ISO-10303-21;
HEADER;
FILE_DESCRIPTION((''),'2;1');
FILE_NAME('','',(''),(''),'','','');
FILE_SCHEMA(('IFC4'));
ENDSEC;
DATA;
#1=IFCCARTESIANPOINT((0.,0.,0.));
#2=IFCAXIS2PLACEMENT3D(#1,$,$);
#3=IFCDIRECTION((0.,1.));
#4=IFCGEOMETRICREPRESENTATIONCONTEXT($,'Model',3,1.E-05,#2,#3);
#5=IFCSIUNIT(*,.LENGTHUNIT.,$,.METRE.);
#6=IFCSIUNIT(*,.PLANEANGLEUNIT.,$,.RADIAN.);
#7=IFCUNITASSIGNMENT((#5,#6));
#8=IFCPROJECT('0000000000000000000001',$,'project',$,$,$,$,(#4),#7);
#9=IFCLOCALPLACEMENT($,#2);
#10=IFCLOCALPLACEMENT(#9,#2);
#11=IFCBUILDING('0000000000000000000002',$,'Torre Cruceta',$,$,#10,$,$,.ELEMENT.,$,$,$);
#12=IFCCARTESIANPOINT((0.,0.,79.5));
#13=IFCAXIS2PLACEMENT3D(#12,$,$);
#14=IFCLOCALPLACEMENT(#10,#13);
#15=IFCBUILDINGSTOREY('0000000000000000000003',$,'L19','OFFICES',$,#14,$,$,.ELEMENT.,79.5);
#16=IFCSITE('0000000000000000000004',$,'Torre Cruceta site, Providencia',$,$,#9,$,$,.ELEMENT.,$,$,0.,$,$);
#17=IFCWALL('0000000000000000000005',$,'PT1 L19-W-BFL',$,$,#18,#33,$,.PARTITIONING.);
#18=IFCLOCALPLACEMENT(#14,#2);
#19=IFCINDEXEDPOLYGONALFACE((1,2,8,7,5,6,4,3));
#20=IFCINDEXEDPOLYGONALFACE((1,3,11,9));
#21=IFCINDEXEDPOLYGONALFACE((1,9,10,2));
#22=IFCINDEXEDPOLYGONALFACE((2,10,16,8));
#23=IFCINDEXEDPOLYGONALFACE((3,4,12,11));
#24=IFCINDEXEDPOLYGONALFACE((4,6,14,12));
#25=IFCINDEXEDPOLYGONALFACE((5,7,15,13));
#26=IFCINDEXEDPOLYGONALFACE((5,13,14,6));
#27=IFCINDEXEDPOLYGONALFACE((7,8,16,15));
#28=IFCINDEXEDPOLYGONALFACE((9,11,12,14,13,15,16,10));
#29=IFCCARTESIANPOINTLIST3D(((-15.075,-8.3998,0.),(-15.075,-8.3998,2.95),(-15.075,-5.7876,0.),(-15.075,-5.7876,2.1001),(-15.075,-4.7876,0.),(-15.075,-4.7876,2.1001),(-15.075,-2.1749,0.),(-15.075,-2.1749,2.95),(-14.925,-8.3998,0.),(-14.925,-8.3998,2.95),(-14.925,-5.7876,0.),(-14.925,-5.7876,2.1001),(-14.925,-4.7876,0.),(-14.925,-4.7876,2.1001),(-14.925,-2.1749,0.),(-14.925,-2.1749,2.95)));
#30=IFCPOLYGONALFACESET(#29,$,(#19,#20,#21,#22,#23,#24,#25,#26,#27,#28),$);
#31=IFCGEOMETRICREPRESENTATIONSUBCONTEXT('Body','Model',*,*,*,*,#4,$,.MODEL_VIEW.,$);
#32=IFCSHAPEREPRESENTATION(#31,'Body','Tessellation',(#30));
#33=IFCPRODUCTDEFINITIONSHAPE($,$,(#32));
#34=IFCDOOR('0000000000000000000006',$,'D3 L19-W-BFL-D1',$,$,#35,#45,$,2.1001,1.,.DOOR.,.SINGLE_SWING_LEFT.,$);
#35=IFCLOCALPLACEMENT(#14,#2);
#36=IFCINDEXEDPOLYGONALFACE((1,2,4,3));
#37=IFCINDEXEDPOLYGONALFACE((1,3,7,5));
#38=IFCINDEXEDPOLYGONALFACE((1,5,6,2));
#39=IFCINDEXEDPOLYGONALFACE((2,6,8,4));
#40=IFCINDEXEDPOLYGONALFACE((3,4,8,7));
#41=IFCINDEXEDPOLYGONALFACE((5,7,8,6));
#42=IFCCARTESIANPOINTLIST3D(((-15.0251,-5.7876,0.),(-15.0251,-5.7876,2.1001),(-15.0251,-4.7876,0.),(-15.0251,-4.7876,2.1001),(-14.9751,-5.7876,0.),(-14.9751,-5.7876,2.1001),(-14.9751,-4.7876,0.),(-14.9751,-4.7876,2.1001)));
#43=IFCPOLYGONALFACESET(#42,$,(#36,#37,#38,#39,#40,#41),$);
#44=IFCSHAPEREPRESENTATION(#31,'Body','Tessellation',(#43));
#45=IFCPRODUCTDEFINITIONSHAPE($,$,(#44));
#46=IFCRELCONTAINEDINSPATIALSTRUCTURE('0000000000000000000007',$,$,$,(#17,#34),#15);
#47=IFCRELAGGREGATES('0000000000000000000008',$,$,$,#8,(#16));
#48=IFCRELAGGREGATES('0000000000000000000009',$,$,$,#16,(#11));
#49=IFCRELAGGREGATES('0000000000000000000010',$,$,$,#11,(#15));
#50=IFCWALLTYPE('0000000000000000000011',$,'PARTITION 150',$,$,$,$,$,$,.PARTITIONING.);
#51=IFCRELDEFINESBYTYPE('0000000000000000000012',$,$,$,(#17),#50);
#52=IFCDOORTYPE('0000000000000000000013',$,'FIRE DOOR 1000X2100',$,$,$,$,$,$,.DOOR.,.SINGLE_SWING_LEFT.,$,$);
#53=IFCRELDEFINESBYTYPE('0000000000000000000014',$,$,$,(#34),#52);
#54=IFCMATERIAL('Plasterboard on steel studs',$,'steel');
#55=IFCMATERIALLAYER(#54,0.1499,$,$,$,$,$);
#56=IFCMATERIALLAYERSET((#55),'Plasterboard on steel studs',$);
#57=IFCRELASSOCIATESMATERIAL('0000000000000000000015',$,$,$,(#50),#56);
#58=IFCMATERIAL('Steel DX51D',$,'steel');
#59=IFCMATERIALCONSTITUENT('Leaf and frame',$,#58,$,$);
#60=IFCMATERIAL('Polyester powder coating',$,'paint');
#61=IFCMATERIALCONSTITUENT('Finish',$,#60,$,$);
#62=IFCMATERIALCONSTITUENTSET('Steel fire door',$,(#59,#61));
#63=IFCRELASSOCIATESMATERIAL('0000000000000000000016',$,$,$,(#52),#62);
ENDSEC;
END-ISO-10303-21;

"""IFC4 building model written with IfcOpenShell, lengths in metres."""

from ifc_helpers import new_model, si_unit, direction, frame, frame_2d, origin, place, context, subcontext, project, spatial, rectangle, extrude, material, layer, layer_set, constituent, constituent_set, type_object, element, fill, save


model = new_model("IFC4")

# Units and contexts
model_context = context("Model", 3, precision=1e-05, world=origin(), true_north=direction((0.0, 1.0)))
body_context = subcontext(model_context, "Body", "Model", "MODEL_VIEW")
ifc_project = project(units=[si_unit("LENGTHUNIT", "METRE"), si_unit("PLANEANGLEUNIT", "RADIAN")], contexts=[model_context])

# Site, building, storey
site_placement = place(None, origin())
site = spatial("IfcSite", under=ifc_project, at=site_placement, Name="Torre Cruceta site, Providencia", CompositionType="ELEMENT", RefElevation=0.0)
building_placement = place(site_placement, origin())
building = spatial("IfcBuilding", under=site, at=building_placement, Name="Torre Cruceta", CompositionType="ELEMENT")
storey_placement = place(building_placement, frame((0.0, 0.0, 79.5)))
storey = spatial("IfcBuildingStorey", under=building, at=storey_placement, Name="L19", Description="OFFICES", CompositionType="ELEMENT", Elevation=79.5)

# Wall, opening, door
ifc_material_1 = material(Name="Plasterboard on steel studs", Category="steel")
ifc_layer_1 = layer(ifc_material_1, 0.1499)
ifc_layer_set_1 = layer_set([ifc_layer_1], Name="Plasterboard on steel studs")
wall_type_1 = type_object("IfcWallType", Name="PARTITION 150", PredefinedType="PARTITIONING", material=ifc_layer_set_1)
wall_1_placement = place(storey_placement, frame((-15.0, -2.175, 0.0), z_axis=(0.0, 0.0, 1.0), x_axis=(0.0, -1.0, 0.0)))
wall_1 = element("IfcWall", 1, at=wall_1_placement, inside=storey, type_object=wall_type_1, Name="PT1 L19-W-BFL", PredefinedType="PARTITIONING", context=body_context, shape_type="SweptSolid", body=[
    extrude(rectangle(XDim=6.2249, YDim=0.1499, at=frame_2d((3.1123, 0.0))), origin(), (0.0, 0.0, 1.0), 2.95),
])
opening_1_placement = place(wall_1_placement, frame((2.6125, 0.0, 0.0)))
opening_1 = element("IfcOpeningElement", 2, at=opening_1_placement, cuts=wall_1, PredefinedType="OPENING", context=body_context, shape_type="SweptSolid", body=[
    extrude(rectangle(XDim=1.0, YDim=2.1001, at=frame_2d((0.5, 1.05))), frame((0.0, 0.085, 0.0), z_axis=(0.0, -1.0, 0.0), x_axis=(1.0, 0.0, 0.0)), (0.0, 0.0, 1.0), 0.1699),
])
ifc_material_2 = material(Name="Steel DX51D", Category="steel")
ifc_constituent_1 = constituent(ifc_material_2, Name="Leaf and frame")
ifc_material_3 = material(Name="Polyester powder coating", Category="paint")
ifc_constituent_2 = constituent(ifc_material_3, Name="Finish")
ifc_constituent_set_1 = constituent_set(constituents=[ifc_constituent_1, ifc_constituent_2], Name="Steel fire door")
door_type = type_object("IfcDoorType", Name="FIRE DOOR 1000X2100", OperationType="SINGLE_SWING_LEFT", PredefinedType="DOOR", material=ifc_constituent_set_1)
door_placement = place(opening_1_placement, origin())
door = element("IfcDoor", 3, at=door_placement, inside=storey, type_object=door_type, Name="D3 L19-W-BFL-D1", OperationType="SINGLE_SWING_LEFT", OverallHeight=2.1001, OverallWidth=1.0, PredefinedType="DOOR", context=body_context, shape_type="SweptSolid", body=[
    extrude(rectangle(XDim=1.0, YDim=2.1001, at=frame_2d((0.5, 1.05))), frame((0.0, 0.0249, 0.0), z_axis=(0.0, -1.0, 0.0), x_axis=(1.0, 0.0, 0.0)), (0.0, 0.0, 1.0), 0.05),
])
fill(opening_1, door)

save(model, "model.ifc")
